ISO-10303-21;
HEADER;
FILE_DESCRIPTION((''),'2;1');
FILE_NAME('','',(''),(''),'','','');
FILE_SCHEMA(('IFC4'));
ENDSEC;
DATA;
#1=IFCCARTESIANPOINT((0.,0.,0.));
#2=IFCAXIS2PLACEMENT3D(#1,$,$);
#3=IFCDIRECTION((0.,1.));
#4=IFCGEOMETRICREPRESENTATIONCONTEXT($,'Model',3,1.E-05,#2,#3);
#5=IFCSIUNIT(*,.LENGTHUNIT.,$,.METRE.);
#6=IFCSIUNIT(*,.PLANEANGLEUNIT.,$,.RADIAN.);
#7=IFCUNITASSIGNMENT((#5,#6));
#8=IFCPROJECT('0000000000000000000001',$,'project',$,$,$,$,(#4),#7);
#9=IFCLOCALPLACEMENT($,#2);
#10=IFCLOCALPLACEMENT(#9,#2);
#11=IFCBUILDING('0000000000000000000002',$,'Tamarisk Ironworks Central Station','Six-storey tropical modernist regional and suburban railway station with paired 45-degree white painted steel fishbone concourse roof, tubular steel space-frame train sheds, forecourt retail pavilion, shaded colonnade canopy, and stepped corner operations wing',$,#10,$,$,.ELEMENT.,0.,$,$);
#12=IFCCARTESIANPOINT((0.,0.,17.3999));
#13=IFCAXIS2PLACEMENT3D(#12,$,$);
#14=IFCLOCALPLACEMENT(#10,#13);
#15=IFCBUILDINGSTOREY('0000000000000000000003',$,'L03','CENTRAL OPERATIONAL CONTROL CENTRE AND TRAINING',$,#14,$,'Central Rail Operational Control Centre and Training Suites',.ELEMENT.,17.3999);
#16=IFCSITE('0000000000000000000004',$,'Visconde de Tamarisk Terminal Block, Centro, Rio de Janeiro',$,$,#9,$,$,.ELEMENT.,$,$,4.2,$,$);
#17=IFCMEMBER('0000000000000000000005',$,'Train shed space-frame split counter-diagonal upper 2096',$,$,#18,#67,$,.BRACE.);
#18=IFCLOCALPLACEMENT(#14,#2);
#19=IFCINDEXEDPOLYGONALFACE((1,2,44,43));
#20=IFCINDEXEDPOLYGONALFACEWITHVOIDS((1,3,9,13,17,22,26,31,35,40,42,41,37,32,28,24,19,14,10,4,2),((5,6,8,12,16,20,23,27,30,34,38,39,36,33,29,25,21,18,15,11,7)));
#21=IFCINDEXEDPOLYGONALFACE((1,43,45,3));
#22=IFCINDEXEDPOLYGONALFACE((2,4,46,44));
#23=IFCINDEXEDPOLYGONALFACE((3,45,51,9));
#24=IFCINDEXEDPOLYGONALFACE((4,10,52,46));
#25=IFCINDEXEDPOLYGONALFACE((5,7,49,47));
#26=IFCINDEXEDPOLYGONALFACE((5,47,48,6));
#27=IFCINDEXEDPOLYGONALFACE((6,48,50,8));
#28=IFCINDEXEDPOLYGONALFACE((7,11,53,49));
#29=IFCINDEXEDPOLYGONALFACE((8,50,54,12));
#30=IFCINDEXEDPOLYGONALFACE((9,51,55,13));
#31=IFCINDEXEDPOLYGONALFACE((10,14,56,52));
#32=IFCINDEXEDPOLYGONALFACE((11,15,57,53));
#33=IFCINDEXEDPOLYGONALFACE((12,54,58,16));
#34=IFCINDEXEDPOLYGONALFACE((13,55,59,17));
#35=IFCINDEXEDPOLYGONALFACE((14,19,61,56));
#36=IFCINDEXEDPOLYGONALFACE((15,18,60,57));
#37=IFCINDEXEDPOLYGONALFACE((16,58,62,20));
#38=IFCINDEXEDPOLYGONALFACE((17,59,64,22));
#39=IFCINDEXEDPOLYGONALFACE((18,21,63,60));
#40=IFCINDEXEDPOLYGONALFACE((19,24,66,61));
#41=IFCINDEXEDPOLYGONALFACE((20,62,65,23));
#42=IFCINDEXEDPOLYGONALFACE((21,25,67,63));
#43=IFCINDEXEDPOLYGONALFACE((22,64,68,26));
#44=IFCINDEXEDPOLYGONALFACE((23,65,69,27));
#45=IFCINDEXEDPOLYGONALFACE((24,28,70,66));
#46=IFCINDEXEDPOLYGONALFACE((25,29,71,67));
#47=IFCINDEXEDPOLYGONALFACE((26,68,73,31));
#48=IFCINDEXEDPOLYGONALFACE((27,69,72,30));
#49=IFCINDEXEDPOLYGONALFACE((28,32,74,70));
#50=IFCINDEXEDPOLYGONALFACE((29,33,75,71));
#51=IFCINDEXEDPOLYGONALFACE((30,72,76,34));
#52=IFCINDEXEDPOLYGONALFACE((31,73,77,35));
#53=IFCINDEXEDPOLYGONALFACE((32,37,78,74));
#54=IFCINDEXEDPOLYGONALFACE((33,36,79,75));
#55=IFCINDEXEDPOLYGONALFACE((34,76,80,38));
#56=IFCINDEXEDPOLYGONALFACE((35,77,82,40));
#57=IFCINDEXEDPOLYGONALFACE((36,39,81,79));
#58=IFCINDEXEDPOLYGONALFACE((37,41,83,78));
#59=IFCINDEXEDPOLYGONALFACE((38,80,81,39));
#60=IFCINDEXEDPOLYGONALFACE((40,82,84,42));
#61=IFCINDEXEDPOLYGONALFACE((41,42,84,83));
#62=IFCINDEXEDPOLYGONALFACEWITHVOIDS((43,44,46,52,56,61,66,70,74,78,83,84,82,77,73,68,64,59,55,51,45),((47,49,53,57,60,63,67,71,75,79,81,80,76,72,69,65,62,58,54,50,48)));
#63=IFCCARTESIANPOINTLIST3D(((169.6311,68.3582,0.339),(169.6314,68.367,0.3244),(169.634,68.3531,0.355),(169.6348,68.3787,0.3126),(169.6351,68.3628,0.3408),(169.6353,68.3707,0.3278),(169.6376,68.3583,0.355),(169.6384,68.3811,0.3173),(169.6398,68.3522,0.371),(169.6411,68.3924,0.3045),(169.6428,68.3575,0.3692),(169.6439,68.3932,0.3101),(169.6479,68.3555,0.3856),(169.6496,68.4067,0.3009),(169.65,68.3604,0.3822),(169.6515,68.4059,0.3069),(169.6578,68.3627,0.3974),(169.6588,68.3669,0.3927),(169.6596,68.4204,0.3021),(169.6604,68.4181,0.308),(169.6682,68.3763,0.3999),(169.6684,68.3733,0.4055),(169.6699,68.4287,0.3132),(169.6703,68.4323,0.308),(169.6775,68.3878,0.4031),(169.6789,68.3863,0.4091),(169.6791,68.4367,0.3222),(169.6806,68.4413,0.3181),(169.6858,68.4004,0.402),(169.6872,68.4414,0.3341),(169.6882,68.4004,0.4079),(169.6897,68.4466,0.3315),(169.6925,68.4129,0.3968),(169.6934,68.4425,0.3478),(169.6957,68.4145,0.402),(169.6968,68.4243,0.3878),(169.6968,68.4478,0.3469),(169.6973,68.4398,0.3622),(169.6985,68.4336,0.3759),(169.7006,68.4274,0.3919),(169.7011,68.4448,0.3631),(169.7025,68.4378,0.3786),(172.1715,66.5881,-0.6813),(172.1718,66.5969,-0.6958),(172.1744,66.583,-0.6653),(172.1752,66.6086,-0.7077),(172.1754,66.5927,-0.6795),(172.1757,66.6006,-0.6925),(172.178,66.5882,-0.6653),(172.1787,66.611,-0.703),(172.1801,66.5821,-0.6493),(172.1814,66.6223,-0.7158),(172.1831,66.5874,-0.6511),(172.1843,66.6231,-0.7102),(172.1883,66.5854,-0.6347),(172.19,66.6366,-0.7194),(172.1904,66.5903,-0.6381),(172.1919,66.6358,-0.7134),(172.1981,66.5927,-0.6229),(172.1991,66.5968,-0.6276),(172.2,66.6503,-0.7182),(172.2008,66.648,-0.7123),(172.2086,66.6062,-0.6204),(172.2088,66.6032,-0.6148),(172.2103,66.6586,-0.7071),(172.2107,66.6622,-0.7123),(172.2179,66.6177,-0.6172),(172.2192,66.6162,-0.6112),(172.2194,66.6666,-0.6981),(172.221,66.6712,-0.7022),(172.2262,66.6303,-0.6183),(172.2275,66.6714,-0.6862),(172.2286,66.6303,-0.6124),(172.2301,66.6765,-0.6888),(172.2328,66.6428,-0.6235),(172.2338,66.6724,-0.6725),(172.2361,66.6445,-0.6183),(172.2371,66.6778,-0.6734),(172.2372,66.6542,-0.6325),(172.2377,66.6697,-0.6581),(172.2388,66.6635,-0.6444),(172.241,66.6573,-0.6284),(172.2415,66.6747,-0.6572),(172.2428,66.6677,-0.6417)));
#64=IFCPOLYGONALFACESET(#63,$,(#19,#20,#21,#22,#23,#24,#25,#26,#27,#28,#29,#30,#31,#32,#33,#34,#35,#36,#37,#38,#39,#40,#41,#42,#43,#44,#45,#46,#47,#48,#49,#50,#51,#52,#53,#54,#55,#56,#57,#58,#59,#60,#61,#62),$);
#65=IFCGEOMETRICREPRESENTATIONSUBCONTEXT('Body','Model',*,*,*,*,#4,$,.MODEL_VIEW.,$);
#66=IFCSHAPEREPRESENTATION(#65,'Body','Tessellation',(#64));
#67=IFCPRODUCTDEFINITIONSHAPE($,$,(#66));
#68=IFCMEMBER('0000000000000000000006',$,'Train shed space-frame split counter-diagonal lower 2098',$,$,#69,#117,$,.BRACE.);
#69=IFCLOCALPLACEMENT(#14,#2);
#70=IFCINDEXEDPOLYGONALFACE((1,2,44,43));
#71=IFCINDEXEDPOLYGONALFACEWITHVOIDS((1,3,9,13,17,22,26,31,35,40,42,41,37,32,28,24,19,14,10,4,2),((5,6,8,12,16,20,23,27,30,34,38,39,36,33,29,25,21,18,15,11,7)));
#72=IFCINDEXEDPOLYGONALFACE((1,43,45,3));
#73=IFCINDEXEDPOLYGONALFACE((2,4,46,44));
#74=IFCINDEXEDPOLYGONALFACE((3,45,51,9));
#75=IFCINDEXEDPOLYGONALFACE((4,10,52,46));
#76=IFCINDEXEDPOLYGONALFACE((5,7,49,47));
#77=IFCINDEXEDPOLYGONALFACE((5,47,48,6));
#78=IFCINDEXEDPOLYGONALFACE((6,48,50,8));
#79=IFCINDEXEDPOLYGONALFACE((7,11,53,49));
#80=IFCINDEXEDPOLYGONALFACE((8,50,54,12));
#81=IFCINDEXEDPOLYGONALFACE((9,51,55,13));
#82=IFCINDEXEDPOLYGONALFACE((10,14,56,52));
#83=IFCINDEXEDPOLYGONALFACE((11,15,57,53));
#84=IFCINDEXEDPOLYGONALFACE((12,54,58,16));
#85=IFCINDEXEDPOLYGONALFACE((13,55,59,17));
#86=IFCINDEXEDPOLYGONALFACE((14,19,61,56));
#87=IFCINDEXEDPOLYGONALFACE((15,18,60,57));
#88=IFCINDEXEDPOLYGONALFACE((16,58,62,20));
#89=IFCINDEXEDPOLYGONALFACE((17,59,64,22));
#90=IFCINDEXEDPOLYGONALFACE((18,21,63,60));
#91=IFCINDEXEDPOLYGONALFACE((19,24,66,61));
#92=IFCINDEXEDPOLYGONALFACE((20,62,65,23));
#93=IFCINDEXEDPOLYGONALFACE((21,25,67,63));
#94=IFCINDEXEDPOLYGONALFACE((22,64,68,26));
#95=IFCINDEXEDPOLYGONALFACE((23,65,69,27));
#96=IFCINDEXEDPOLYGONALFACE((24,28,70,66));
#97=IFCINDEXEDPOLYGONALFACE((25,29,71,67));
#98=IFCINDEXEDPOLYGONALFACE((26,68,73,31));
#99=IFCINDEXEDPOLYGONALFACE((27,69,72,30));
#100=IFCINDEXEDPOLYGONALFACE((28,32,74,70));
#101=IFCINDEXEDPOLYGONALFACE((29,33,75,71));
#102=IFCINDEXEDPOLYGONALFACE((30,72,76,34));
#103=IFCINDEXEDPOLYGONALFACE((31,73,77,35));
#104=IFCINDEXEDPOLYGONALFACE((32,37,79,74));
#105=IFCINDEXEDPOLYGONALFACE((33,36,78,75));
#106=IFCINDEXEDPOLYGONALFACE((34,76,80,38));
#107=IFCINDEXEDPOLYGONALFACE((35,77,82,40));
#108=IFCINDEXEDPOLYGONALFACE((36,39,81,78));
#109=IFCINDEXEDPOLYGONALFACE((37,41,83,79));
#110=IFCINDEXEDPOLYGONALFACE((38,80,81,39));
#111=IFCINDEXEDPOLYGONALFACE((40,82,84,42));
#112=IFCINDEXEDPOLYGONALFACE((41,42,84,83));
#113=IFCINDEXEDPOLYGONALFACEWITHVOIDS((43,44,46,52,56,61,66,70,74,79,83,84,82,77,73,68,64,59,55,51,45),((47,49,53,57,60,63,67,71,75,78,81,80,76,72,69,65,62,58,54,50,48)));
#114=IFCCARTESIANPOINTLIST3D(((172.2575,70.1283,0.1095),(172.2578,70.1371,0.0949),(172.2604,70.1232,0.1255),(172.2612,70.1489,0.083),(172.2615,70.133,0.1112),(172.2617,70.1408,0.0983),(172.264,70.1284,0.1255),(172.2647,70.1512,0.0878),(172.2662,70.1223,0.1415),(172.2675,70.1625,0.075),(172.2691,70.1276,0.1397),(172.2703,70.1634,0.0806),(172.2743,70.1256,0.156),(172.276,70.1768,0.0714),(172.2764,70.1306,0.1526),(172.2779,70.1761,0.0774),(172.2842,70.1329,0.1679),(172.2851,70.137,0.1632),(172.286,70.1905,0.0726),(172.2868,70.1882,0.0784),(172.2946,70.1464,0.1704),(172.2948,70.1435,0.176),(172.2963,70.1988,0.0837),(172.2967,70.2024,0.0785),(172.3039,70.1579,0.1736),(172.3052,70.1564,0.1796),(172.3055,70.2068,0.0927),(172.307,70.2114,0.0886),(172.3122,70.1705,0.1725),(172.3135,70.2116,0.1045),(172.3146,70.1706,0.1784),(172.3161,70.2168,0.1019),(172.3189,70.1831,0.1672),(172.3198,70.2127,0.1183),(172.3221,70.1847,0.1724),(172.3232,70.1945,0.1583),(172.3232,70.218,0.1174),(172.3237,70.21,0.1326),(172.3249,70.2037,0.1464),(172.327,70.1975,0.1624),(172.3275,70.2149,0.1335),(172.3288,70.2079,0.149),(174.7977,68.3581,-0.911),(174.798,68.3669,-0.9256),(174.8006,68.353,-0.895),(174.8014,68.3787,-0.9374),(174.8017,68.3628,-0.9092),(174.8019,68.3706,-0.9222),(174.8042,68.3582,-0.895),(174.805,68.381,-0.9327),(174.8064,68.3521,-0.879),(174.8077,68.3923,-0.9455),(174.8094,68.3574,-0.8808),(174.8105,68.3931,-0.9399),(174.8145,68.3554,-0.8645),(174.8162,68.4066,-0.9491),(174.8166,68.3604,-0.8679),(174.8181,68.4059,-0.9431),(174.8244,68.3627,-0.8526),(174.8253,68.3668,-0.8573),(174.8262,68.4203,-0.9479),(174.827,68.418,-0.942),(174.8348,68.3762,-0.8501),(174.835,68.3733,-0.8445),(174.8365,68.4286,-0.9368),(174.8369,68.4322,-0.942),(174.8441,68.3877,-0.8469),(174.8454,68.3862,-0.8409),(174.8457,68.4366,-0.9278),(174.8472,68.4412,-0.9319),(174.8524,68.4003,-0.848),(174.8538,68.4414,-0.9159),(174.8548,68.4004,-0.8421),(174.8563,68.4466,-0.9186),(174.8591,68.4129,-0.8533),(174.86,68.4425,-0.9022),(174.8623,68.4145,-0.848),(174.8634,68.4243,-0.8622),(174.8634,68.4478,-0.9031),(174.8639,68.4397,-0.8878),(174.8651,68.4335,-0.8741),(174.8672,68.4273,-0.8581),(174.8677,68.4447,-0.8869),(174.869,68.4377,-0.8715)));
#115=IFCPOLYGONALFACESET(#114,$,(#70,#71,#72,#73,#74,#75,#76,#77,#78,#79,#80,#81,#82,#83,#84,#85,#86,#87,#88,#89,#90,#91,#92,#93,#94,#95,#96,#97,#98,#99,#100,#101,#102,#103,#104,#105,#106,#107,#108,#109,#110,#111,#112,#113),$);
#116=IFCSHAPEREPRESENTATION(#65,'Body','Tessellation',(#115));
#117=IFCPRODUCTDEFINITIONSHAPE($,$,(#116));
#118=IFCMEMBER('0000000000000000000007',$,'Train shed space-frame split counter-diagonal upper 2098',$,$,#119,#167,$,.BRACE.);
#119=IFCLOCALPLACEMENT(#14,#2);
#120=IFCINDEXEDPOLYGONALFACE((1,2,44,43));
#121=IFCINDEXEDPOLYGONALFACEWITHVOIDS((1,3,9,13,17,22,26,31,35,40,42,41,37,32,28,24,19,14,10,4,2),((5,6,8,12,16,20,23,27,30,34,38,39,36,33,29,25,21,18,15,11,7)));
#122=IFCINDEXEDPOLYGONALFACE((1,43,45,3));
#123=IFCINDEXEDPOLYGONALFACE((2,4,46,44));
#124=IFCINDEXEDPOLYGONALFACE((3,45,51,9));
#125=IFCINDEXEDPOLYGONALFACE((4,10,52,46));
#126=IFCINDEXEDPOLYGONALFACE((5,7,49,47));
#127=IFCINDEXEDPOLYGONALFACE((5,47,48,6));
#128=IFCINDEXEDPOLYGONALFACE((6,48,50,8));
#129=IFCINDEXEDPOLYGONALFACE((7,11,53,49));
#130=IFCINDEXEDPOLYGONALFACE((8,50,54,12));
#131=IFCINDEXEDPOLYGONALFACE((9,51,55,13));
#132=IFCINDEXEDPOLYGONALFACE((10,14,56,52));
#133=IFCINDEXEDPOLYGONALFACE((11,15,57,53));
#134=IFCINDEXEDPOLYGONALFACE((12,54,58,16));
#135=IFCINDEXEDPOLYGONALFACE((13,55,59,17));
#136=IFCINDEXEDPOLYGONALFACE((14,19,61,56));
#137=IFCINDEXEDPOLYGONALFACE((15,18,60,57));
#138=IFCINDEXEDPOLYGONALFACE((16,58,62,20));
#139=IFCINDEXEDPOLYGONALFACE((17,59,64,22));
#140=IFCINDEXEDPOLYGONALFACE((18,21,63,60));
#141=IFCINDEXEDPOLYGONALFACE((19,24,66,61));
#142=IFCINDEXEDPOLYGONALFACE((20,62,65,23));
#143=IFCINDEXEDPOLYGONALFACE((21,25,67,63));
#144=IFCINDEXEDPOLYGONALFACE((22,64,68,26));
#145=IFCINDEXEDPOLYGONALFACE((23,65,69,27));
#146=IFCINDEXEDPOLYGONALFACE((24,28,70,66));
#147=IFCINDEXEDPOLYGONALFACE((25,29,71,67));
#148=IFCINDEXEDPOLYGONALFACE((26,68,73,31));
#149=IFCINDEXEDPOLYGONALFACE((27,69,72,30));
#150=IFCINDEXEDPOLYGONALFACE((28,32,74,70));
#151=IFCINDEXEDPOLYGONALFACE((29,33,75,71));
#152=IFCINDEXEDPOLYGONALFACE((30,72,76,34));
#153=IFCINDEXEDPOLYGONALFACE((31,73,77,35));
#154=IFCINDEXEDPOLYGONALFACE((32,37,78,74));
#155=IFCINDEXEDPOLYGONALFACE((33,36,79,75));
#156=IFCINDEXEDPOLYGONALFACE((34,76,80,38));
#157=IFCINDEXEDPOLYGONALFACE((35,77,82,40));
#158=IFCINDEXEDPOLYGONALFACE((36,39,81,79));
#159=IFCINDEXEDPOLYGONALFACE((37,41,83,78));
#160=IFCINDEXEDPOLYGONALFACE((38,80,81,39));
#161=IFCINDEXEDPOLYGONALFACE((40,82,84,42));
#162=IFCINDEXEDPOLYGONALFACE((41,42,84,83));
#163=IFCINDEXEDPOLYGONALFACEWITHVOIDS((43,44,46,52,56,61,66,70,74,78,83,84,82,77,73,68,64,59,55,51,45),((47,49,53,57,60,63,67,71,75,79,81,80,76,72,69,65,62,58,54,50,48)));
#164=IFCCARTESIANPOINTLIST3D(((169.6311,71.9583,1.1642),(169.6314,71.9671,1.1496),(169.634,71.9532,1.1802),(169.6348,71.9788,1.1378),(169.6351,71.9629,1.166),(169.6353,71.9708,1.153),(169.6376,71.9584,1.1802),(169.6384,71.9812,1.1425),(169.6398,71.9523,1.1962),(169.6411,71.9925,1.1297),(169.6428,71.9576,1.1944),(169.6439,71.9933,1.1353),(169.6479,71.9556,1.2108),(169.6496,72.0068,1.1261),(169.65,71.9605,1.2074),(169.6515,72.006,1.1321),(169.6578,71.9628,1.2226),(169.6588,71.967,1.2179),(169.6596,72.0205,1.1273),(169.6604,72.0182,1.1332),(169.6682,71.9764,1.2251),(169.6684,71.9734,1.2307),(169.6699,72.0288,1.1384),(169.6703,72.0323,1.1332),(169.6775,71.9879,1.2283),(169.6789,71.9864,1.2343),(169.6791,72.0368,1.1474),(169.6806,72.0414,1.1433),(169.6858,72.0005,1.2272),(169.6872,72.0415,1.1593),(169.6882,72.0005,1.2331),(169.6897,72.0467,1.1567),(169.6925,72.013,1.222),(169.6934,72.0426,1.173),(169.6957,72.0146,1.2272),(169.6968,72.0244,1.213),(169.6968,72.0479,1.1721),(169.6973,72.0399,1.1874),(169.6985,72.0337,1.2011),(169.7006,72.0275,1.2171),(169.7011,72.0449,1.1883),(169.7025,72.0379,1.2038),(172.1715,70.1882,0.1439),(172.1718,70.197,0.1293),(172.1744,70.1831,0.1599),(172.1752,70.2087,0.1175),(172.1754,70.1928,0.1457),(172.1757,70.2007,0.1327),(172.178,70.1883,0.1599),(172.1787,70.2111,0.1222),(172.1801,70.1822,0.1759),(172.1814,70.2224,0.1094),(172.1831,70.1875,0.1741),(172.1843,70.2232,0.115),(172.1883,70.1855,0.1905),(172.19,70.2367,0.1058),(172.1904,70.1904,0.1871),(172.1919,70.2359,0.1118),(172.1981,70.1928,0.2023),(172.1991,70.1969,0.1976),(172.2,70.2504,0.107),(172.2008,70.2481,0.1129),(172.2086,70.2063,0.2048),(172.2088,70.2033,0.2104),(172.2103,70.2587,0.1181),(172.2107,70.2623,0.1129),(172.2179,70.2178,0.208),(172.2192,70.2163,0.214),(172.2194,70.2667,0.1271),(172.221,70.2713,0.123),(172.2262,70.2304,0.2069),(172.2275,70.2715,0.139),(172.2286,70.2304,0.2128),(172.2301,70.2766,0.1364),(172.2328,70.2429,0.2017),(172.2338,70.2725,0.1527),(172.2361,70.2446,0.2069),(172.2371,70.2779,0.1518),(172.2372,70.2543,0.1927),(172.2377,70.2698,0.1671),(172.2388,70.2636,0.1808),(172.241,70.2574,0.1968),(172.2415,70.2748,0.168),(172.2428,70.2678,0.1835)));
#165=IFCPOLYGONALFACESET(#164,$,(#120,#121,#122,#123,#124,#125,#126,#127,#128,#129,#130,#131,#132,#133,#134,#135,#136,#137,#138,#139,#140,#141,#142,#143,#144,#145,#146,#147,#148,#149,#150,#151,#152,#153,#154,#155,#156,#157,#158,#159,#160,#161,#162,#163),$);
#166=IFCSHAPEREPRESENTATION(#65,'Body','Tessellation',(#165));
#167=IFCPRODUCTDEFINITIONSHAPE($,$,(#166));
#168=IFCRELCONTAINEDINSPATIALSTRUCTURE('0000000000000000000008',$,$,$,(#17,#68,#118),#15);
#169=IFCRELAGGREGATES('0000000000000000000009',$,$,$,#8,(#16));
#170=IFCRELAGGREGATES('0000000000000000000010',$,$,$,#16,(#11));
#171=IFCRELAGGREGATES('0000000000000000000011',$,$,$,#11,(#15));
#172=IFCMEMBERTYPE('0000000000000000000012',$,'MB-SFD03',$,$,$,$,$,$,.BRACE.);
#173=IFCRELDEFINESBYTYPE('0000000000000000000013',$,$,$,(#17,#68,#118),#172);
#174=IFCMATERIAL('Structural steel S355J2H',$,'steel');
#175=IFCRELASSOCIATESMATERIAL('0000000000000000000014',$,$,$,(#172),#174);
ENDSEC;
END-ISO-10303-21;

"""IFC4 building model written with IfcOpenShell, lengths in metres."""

from ifc_helpers import new_model, si_unit, direction, frame, origin, origin_2d, place, context, subcontext, project, spatial, hollow_circle, extrude, material, material_profile, profile_set, type_object, element, save


model = new_model("IFC4")

# Units and contexts
model_context = context("Model", 3, precision=1e-05, world=origin(), true_north=direction((0.0, 1.0)))
body_context = subcontext(model_context, "Body", "Model", "MODEL_VIEW")
ifc_project = project(units=[si_unit("LENGTHUNIT", "METRE"), si_unit("PLANEANGLEUNIT", "RADIAN")], contexts=[model_context])

# Site, building, storey
site_placement = place(None, origin())
site = spatial("IfcSite", under=ifc_project, at=site_placement, Name="Visconde de Tamarisk Terminal Block, Centro, Rio de Janeiro", CompositionType="ELEMENT", RefElevation=4.2)
building_placement = place(site_placement, origin())
building = spatial("IfcBuilding", under=site, at=building_placement, Name="Tamarisk Ironworks Central Station", Description="Six-storey tropical modernist regional and suburban railway station with paired 45-degree white painted steel fishbone concourse roof, tubular steel space-frame train sheds, forecourt retail pavilion, shaded colonnade canopy, and stepped corner operations wing", CompositionType="ELEMENT", ElevationOfRefHeight=0.0)
storey_placement = place(building_placement, frame((0.0, 0.0, 17.3999)))
storey = spatial("IfcBuildingStorey", under=building, at=storey_placement, Name="L03", Description="CENTRAL OPERATIONAL CONTROL CENTRE AND TRAINING", LongName="Central Rail Operational Control Centre and Training Suites", CompositionType="ELEMENT", Elevation=17.3999)

# Members
ifc_material = material(Name="Structural steel S355J2H", Category="steel")
ifc_material_profile_1 = material_profile(ifc_material, hollow_circle(Radius=0.0571, WallThickness=0.0063, at=origin_2d()), Name="CHS 114.3x6.3")
ifc_profile_set_1 = profile_set([ifc_material_profile_1], Name="Structural steel S355J2H")
member_type_1 = type_object("IfcMemberType", Name="MB-SFD03", PredefinedType="BRACE", material=ifc_profile_set_1)
for number, where, z_axis, x_axis, name in (
    (1, (172.207, 66.6299, -0.6653), (-0.779252, 0.542967, 0.312974), (-0.571688, -0.820471, 0.0), "Train shed space-frame split counter-diagonal upper 2096"),
    (2, (174.8333, 68.3999, -0.895), (-0.779202, 0.543008, 0.313029), (-0.571741, -0.820434, 0.0), "Train shed space-frame split counter-diagonal lower 2098"),
    (3, (172.207, 70.23, 0.1599), (-0.779252, 0.542967, 0.312974), (-0.571688, -0.820471, 0.0), "Train shed space-frame split counter-diagonal upper 2098"),
):
    element("IfcMember", number, at=place(storey_placement, frame(where, z_axis=z_axis, x_axis=x_axis)), inside=storey, type_object=member_type_1, Name=name, PredefinedType="BRACE", context=body_context, shape_type="SweptSolid", body=[
        extrude(hollow_circle(Radius=0.0571, WallThickness=0.0063, at=origin_2d()), origin(), (0.0, 0.0, 1.0), 3.26),
    ])

save(model, "model.ifc")
